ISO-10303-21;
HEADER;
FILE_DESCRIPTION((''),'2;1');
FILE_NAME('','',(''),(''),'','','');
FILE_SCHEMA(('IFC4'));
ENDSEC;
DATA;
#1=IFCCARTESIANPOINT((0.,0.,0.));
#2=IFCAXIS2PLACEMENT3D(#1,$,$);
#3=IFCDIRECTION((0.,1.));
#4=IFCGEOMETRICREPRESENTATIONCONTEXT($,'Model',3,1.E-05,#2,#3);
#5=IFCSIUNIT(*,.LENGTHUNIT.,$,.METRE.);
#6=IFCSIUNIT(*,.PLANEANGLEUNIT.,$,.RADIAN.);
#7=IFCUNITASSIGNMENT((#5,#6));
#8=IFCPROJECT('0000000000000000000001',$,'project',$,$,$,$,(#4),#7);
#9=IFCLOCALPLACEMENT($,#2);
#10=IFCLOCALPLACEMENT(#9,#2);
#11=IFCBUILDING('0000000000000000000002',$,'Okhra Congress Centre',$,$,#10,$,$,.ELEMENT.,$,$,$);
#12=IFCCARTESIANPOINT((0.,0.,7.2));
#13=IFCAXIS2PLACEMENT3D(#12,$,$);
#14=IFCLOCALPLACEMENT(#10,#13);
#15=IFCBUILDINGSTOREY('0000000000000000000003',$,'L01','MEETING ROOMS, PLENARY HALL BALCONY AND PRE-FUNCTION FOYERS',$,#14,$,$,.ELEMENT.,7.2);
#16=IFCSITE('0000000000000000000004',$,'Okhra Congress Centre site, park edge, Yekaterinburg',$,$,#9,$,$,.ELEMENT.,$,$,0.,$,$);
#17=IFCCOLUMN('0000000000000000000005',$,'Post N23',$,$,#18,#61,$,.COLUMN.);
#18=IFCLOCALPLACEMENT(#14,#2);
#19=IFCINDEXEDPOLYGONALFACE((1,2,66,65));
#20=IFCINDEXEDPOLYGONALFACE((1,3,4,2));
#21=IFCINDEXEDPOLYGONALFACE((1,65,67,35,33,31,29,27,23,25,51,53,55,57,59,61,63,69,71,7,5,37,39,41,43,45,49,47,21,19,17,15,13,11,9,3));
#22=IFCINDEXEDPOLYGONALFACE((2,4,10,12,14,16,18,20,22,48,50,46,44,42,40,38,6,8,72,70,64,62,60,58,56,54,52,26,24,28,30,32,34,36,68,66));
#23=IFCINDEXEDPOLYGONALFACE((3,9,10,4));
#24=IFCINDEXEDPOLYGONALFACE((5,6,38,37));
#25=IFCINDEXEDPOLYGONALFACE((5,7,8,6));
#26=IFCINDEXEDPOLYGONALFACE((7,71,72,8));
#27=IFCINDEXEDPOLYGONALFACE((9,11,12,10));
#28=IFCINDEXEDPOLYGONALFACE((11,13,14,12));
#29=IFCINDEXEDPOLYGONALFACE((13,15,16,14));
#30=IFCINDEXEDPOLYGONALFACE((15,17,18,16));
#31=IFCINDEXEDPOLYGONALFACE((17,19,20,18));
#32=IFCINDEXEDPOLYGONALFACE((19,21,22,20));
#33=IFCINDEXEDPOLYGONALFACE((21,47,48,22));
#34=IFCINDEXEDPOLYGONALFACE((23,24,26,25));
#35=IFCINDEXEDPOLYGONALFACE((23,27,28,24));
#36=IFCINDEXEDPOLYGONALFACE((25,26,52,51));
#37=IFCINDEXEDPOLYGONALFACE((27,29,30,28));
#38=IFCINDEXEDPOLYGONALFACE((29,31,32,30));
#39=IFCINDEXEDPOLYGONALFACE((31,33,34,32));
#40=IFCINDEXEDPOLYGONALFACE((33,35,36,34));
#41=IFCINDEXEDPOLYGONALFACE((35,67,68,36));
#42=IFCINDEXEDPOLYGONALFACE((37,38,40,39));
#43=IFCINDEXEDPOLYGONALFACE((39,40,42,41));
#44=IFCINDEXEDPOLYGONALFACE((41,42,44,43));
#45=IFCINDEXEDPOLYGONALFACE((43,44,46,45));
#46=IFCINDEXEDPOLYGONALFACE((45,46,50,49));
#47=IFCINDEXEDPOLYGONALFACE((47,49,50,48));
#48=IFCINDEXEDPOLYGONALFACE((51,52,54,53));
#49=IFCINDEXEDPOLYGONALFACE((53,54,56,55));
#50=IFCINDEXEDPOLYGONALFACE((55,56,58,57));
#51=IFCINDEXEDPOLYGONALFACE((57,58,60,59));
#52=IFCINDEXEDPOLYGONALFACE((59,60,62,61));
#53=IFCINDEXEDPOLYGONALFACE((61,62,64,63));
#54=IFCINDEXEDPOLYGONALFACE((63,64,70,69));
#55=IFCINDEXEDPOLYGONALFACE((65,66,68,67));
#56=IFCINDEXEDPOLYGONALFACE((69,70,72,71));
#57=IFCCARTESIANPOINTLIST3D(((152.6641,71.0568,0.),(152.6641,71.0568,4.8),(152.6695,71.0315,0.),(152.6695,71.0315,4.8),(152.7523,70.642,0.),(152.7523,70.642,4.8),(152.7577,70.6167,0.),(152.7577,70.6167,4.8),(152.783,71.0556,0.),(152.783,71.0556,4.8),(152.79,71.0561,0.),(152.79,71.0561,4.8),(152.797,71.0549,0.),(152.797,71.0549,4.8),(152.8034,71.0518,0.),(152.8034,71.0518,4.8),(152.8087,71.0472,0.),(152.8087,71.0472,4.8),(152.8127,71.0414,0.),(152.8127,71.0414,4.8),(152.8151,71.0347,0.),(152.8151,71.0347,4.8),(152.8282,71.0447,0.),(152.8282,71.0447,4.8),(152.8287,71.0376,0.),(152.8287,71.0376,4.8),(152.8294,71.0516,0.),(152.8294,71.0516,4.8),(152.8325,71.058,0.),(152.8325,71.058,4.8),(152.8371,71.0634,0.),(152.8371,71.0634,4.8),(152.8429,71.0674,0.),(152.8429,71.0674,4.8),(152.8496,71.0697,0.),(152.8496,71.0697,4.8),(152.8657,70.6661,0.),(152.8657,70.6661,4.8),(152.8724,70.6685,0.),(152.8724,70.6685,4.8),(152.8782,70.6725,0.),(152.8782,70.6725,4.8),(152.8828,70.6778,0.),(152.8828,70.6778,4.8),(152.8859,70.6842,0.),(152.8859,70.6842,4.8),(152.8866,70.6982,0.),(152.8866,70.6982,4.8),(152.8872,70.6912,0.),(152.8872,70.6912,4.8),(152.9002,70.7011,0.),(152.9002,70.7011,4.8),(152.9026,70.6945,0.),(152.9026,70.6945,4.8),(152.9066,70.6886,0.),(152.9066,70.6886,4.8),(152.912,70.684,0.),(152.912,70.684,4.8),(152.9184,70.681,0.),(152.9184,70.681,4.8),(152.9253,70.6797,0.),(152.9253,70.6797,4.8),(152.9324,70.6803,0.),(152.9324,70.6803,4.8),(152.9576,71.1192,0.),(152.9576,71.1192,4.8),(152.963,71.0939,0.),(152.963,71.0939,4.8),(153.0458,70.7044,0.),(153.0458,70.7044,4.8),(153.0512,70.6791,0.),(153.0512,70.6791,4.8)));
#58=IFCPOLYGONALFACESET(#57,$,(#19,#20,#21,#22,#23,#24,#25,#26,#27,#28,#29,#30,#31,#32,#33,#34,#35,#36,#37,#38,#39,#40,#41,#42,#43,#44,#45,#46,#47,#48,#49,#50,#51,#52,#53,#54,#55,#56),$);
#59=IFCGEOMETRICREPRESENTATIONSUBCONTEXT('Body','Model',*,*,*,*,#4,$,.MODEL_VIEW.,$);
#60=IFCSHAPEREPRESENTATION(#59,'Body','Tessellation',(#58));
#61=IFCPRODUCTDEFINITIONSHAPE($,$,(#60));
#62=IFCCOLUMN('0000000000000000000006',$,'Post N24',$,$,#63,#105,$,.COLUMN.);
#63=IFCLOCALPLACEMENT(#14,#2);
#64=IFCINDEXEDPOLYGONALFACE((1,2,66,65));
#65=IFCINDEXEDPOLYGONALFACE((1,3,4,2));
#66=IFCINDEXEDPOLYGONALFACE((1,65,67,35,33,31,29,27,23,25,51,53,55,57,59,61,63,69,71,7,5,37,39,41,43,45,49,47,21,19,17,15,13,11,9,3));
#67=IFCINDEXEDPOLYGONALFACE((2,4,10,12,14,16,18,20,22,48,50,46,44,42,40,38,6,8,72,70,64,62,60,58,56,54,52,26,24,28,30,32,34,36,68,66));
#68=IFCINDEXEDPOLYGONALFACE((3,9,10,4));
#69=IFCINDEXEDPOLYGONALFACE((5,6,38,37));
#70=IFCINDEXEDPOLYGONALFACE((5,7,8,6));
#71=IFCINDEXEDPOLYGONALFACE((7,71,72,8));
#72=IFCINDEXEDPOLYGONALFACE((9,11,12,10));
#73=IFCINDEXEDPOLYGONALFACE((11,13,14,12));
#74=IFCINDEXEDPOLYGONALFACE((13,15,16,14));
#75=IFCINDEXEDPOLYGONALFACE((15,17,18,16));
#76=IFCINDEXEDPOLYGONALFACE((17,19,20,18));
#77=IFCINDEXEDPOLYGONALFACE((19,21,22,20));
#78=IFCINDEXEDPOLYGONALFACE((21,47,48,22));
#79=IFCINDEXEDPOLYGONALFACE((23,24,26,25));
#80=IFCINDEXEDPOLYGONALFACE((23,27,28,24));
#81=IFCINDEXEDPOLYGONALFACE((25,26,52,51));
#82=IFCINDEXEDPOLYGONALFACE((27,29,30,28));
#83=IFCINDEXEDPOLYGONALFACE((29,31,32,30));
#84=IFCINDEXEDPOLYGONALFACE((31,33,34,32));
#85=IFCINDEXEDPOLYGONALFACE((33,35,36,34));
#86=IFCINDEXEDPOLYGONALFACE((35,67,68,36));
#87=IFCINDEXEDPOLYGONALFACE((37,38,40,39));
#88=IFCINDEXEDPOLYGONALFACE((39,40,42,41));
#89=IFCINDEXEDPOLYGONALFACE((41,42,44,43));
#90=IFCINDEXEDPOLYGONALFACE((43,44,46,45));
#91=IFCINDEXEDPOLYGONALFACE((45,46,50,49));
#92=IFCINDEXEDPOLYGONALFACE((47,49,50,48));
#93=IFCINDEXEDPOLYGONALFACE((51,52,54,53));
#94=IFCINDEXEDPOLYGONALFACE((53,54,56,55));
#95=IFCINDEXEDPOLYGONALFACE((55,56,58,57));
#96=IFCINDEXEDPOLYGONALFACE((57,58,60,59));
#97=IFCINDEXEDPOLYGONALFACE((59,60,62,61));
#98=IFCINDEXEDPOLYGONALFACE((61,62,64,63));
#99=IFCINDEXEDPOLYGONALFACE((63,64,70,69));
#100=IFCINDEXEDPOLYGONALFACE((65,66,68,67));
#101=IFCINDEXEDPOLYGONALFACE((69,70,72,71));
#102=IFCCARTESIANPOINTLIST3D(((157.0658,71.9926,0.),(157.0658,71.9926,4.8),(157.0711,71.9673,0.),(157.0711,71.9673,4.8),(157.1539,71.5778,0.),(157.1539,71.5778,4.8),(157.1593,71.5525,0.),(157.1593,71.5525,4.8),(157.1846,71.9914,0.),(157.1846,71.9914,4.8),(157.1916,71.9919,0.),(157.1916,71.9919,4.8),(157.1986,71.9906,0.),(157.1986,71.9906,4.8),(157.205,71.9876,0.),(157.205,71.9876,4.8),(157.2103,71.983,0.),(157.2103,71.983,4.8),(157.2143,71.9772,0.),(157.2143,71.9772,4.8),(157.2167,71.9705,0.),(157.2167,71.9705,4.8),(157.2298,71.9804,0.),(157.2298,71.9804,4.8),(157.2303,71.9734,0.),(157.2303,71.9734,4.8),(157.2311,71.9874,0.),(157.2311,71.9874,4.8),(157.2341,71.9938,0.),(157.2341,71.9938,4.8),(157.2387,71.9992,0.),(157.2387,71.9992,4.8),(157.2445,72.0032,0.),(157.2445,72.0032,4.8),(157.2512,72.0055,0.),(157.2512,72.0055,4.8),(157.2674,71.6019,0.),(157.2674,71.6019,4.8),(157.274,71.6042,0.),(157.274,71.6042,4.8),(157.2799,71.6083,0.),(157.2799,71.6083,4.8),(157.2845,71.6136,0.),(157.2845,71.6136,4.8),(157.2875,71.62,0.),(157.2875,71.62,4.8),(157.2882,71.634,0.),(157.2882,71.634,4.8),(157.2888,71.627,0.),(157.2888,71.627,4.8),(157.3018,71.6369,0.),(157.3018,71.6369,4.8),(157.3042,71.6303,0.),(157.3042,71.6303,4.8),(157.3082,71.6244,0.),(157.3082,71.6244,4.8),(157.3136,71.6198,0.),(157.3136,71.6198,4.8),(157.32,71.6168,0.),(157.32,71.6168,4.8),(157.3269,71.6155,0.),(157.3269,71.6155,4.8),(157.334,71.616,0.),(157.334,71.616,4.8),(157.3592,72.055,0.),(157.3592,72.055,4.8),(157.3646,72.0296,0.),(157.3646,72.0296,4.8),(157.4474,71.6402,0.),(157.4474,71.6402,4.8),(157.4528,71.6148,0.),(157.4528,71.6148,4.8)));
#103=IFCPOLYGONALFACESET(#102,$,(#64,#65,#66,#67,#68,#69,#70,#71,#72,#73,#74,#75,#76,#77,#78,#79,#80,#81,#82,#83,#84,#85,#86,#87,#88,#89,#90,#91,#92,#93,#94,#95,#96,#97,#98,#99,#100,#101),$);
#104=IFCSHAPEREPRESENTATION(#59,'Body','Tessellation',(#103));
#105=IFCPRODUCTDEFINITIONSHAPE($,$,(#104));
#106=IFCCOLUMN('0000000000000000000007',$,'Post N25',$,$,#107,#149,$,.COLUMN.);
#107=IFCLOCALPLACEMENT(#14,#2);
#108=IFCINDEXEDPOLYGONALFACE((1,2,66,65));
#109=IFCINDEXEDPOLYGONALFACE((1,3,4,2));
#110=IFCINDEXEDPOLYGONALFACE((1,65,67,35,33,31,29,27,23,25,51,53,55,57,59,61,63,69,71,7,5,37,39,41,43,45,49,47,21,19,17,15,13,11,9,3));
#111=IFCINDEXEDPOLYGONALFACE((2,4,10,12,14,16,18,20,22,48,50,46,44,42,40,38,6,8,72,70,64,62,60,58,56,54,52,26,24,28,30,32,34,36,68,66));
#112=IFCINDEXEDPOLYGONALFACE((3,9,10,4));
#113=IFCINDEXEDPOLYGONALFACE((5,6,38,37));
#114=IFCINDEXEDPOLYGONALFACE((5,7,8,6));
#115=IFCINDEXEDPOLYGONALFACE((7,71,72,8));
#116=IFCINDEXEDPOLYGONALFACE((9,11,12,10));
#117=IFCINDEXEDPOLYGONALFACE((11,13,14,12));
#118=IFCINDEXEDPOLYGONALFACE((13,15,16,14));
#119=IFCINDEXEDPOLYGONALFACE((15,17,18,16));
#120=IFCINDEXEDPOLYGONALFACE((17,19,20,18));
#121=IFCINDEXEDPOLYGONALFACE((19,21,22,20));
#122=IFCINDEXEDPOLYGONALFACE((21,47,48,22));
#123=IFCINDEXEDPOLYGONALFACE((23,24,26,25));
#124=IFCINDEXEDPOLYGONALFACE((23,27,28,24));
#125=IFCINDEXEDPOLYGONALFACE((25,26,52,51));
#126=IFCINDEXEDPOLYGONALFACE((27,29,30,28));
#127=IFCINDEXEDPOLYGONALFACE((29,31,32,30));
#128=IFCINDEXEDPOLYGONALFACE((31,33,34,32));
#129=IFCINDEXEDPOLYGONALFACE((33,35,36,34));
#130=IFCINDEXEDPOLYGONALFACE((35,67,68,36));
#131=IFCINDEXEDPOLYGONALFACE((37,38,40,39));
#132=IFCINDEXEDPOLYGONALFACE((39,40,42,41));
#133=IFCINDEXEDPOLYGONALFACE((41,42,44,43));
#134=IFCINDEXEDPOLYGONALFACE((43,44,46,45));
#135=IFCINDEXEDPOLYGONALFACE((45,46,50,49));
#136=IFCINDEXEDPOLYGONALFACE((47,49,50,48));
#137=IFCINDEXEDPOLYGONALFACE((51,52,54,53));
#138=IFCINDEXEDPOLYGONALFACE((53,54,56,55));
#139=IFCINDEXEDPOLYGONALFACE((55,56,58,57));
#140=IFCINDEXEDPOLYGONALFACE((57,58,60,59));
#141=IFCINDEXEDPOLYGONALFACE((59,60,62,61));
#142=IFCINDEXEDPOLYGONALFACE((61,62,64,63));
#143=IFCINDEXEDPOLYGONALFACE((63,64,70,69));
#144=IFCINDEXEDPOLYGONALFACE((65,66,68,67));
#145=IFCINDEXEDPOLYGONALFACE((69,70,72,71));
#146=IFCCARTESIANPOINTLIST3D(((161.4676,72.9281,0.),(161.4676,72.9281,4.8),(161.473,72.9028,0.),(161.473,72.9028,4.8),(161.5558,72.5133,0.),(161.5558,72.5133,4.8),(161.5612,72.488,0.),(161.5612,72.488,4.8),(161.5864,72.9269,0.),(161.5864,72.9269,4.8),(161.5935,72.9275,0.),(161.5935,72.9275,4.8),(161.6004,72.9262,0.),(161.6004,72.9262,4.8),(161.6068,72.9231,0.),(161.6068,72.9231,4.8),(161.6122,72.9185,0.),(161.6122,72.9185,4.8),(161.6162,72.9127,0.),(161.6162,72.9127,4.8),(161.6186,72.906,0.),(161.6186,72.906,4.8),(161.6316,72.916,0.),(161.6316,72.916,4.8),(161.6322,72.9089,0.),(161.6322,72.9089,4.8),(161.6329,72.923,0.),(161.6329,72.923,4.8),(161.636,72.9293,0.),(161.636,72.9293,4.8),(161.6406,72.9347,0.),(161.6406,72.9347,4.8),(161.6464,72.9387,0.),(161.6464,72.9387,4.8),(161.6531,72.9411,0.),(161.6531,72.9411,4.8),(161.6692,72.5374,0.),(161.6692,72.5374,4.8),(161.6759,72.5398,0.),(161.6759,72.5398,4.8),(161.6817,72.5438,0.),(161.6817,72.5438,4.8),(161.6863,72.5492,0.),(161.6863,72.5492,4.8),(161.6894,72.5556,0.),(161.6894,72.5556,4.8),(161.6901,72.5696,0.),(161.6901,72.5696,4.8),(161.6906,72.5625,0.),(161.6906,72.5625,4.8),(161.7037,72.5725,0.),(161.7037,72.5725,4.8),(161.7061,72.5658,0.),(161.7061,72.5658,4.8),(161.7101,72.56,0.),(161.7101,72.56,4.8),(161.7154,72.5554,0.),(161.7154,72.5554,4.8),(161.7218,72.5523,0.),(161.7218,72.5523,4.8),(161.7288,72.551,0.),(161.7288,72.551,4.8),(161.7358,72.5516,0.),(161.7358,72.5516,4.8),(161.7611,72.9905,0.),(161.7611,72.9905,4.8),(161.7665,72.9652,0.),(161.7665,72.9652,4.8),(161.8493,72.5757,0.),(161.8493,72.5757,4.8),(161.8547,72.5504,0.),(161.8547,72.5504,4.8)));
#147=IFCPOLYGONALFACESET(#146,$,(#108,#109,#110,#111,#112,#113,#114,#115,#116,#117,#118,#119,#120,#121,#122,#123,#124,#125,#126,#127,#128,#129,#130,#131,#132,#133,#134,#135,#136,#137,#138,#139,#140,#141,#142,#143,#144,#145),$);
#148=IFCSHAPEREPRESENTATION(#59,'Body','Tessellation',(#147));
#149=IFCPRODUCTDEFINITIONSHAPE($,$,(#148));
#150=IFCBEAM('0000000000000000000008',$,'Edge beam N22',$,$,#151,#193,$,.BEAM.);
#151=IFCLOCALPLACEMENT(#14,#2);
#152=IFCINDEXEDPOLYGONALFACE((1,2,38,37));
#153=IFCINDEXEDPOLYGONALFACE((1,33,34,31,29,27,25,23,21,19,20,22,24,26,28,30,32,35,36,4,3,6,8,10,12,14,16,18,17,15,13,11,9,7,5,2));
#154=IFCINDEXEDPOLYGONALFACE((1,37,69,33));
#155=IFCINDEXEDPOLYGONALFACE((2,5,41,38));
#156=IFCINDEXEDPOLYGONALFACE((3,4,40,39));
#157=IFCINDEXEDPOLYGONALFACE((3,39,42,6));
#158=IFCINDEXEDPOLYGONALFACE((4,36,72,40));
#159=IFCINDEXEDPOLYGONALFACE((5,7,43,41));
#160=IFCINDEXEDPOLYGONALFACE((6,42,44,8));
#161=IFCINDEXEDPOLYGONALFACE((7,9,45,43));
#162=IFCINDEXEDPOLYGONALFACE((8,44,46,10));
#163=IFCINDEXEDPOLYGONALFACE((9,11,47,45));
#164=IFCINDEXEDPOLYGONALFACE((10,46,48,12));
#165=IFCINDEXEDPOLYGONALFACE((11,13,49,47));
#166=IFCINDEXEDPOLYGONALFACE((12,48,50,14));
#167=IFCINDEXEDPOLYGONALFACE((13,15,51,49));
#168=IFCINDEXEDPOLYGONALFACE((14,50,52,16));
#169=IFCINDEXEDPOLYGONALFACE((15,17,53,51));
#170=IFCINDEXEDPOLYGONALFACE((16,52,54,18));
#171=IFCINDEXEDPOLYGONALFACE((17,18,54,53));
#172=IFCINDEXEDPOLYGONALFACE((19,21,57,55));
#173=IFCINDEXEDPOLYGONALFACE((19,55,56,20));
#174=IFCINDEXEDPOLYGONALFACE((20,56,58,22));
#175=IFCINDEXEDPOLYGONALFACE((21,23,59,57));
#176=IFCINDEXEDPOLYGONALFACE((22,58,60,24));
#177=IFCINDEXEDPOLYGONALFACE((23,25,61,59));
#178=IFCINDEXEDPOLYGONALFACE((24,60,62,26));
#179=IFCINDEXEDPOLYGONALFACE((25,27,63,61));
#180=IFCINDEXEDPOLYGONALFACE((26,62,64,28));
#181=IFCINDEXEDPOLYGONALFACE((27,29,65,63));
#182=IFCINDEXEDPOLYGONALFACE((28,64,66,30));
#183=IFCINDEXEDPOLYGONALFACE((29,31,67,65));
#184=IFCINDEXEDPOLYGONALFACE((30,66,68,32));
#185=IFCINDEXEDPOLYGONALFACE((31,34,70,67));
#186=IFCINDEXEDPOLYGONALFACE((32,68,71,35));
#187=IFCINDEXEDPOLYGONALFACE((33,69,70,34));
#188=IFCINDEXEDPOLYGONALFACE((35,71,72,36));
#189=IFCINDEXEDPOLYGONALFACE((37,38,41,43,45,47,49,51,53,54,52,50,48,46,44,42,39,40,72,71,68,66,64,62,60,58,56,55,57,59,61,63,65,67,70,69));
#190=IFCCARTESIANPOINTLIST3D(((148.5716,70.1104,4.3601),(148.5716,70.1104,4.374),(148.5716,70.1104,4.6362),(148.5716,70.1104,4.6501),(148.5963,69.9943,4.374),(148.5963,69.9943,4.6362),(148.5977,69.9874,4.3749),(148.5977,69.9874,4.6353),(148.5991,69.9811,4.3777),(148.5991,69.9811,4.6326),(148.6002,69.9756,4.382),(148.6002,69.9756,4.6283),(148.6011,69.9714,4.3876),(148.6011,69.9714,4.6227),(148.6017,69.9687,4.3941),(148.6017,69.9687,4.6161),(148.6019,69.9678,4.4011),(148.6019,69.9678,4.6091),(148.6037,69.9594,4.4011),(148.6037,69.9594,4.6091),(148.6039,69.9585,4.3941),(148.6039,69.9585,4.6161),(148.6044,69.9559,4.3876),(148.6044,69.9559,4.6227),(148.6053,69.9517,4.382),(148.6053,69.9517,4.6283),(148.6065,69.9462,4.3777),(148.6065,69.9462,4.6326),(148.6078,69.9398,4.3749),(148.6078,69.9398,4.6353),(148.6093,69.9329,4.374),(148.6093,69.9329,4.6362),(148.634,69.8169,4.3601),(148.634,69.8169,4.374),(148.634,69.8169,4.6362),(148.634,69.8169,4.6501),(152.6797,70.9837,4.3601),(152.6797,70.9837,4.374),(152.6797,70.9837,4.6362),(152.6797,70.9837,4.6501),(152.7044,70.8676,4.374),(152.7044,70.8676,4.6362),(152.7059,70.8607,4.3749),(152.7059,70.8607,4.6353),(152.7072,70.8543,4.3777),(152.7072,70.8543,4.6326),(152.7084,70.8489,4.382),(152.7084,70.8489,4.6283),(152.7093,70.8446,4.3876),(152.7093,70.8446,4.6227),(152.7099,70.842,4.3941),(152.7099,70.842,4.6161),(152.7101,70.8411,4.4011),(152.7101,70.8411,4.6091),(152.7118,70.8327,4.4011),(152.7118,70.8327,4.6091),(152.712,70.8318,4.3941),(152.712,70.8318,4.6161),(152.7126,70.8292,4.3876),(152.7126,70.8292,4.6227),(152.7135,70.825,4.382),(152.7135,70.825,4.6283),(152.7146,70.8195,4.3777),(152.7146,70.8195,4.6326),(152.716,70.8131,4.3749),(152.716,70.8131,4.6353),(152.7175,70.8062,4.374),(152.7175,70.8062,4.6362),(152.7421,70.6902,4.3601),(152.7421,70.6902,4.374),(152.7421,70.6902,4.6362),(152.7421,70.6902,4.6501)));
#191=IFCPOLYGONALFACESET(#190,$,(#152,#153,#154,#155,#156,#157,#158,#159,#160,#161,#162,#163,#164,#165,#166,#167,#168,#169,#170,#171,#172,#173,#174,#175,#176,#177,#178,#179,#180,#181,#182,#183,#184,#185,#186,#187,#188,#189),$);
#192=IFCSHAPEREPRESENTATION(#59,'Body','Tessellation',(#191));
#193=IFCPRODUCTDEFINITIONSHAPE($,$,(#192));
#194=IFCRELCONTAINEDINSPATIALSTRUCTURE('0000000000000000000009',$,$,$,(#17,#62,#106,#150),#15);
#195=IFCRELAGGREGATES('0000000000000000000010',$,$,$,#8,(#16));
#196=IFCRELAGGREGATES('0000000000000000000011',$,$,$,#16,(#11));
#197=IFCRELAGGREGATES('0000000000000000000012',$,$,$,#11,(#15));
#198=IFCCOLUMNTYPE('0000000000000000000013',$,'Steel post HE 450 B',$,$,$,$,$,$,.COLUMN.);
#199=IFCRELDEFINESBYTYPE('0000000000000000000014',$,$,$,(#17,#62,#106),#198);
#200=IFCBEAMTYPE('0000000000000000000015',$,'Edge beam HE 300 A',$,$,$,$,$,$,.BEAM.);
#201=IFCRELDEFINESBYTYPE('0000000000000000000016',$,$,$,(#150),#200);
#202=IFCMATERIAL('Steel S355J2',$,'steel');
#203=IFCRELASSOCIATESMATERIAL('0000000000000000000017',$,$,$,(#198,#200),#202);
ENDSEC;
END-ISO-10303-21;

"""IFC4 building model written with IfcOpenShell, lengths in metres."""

from ifc_helpers import new_model, si_unit, direction, frame, origin, origin_2d, place, context, subcontext, project, spatial, i_section, extrude, material, material_profile, profile_set, type_object, element, save


model = new_model("IFC4")

# Units and contexts
model_context = context("Model", 3, precision=1e-05, world=origin(), true_north=direction((0.0, 1.0)))
body_context = subcontext(model_context, "Body", "Model", "MODEL_VIEW")
ifc_project = project(units=[si_unit("LENGTHUNIT", "METRE"), si_unit("PLANEANGLEUNIT", "RADIAN")], contexts=[model_context])

# Site, building, storey
site_placement = place(None, origin())
site = spatial("IfcSite", under=ifc_project, at=site_placement, Name="Okhra Congress Centre site, park edge, Yekaterinburg", CompositionType="ELEMENT", RefElevation=0.0)
building_placement = place(site_placement, origin())
building = spatial("IfcBuilding", under=site, at=building_placement, Name="Okhra Congress Centre", CompositionType="ELEMENT")
storey_placement = place(building_placement, frame((0.0, 0.0, 7.2)))
storey = spatial("IfcBuildingStorey", under=building, at=storey_placement, Name="L01", Description="MEETING ROOMS, PLENARY HALL BALCONY AND PRE-FUNCTION FOYERS", CompositionType="ELEMENT", Elevation=7.2)

# Columns
ifc_material_1 = material(Name="Steel S355J2", Category="steel")
ifc_material_profile_1 = material_profile(ifc_material_1, i_section(OverallWidth=0.3, OverallDepth=0.45, WebThickness=0.0139, FlangeThickness=0.0259, FilletRadius=0.0271, at=origin_2d()), Name="HE 450 B")
ifc_profile_set_1 = profile_set([ifc_material_profile_1], Name="Steel S355J2")
column_type = type_object("IfcColumnType", Name="Steel post HE 450 B", PredefinedType="COLUMN", material=ifc_profile_set_1)
for number, where, z_axis, x_axis, name in (
    (1, (152.8577, 70.8679, 0.0), (0.0, 0.0, 1.0), (0.978148, 0.207912, 0.0), "Post N23"),
    (2, (157.2593, 71.8037, 0.0), (0.0, 0.0, 1.0), (0.978148, 0.207912, 0.0), "Post N24"),
    (3, (161.6611, 72.7393, 0.0), (0.0, 0.0, 1.0), (0.978148, 0.207912, 0.0), "Post N25"),
):
    element("IfcColumn", number, at=place(storey_placement, frame(where, z_axis=z_axis, x_axis=x_axis)), inside=storey, type_object=column_type, Name=name, PredefinedType="COLUMN", context=body_context, shape_type="SweptSolid", body=[
        extrude(i_section(OverallWidth=0.3, OverallDepth=0.45, WebThickness=0.0139, FlangeThickness=0.0259, FilletRadius=0.0271, at=origin_2d()), origin(), (0.0, 0.0, 1.0), 4.8),
    ])

# Beam
ifc_material_profile_2 = material_profile(ifc_material_1, i_section(OverallWidth=0.3, OverallDepth=0.29, WebThickness=0.0085, FlangeThickness=0.0139, FilletRadius=0.0271, at=origin_2d()), Name="HE 300 A")
ifc_profile_set_2 = profile_set([ifc_material_profile_2], Name="Steel S355J2")
beam_type = type_object("IfcBeamType", Name="Edge beam HE 300 A", PredefinedType="BEAM", material=ifc_profile_set_2)
for number, where, z_axis, x_axis, name in (
    (4, (148.6028, 69.9636, 4.5051), (0.978144, 0.207929, 0.0), (-0.207929, 0.978144, 0.0), "Edge beam N22"),
):
    element("IfcBeam", number, at=place(storey_placement, frame(where, z_axis=z_axis, x_axis=x_axis)), inside=storey, type_object=beam_type, Name=name, PredefinedType="BEAM", context=body_context, shape_type="SweptSolid", body=[
        extrude(i_section(OverallWidth=0.3, OverallDepth=0.29, WebThickness=0.0085, FlangeThickness=0.0139, FilletRadius=0.0271, at=origin_2d()), origin(), (0.0, 0.0, 1.0), 4.2),
    ])

save(model, "model.ifc")
